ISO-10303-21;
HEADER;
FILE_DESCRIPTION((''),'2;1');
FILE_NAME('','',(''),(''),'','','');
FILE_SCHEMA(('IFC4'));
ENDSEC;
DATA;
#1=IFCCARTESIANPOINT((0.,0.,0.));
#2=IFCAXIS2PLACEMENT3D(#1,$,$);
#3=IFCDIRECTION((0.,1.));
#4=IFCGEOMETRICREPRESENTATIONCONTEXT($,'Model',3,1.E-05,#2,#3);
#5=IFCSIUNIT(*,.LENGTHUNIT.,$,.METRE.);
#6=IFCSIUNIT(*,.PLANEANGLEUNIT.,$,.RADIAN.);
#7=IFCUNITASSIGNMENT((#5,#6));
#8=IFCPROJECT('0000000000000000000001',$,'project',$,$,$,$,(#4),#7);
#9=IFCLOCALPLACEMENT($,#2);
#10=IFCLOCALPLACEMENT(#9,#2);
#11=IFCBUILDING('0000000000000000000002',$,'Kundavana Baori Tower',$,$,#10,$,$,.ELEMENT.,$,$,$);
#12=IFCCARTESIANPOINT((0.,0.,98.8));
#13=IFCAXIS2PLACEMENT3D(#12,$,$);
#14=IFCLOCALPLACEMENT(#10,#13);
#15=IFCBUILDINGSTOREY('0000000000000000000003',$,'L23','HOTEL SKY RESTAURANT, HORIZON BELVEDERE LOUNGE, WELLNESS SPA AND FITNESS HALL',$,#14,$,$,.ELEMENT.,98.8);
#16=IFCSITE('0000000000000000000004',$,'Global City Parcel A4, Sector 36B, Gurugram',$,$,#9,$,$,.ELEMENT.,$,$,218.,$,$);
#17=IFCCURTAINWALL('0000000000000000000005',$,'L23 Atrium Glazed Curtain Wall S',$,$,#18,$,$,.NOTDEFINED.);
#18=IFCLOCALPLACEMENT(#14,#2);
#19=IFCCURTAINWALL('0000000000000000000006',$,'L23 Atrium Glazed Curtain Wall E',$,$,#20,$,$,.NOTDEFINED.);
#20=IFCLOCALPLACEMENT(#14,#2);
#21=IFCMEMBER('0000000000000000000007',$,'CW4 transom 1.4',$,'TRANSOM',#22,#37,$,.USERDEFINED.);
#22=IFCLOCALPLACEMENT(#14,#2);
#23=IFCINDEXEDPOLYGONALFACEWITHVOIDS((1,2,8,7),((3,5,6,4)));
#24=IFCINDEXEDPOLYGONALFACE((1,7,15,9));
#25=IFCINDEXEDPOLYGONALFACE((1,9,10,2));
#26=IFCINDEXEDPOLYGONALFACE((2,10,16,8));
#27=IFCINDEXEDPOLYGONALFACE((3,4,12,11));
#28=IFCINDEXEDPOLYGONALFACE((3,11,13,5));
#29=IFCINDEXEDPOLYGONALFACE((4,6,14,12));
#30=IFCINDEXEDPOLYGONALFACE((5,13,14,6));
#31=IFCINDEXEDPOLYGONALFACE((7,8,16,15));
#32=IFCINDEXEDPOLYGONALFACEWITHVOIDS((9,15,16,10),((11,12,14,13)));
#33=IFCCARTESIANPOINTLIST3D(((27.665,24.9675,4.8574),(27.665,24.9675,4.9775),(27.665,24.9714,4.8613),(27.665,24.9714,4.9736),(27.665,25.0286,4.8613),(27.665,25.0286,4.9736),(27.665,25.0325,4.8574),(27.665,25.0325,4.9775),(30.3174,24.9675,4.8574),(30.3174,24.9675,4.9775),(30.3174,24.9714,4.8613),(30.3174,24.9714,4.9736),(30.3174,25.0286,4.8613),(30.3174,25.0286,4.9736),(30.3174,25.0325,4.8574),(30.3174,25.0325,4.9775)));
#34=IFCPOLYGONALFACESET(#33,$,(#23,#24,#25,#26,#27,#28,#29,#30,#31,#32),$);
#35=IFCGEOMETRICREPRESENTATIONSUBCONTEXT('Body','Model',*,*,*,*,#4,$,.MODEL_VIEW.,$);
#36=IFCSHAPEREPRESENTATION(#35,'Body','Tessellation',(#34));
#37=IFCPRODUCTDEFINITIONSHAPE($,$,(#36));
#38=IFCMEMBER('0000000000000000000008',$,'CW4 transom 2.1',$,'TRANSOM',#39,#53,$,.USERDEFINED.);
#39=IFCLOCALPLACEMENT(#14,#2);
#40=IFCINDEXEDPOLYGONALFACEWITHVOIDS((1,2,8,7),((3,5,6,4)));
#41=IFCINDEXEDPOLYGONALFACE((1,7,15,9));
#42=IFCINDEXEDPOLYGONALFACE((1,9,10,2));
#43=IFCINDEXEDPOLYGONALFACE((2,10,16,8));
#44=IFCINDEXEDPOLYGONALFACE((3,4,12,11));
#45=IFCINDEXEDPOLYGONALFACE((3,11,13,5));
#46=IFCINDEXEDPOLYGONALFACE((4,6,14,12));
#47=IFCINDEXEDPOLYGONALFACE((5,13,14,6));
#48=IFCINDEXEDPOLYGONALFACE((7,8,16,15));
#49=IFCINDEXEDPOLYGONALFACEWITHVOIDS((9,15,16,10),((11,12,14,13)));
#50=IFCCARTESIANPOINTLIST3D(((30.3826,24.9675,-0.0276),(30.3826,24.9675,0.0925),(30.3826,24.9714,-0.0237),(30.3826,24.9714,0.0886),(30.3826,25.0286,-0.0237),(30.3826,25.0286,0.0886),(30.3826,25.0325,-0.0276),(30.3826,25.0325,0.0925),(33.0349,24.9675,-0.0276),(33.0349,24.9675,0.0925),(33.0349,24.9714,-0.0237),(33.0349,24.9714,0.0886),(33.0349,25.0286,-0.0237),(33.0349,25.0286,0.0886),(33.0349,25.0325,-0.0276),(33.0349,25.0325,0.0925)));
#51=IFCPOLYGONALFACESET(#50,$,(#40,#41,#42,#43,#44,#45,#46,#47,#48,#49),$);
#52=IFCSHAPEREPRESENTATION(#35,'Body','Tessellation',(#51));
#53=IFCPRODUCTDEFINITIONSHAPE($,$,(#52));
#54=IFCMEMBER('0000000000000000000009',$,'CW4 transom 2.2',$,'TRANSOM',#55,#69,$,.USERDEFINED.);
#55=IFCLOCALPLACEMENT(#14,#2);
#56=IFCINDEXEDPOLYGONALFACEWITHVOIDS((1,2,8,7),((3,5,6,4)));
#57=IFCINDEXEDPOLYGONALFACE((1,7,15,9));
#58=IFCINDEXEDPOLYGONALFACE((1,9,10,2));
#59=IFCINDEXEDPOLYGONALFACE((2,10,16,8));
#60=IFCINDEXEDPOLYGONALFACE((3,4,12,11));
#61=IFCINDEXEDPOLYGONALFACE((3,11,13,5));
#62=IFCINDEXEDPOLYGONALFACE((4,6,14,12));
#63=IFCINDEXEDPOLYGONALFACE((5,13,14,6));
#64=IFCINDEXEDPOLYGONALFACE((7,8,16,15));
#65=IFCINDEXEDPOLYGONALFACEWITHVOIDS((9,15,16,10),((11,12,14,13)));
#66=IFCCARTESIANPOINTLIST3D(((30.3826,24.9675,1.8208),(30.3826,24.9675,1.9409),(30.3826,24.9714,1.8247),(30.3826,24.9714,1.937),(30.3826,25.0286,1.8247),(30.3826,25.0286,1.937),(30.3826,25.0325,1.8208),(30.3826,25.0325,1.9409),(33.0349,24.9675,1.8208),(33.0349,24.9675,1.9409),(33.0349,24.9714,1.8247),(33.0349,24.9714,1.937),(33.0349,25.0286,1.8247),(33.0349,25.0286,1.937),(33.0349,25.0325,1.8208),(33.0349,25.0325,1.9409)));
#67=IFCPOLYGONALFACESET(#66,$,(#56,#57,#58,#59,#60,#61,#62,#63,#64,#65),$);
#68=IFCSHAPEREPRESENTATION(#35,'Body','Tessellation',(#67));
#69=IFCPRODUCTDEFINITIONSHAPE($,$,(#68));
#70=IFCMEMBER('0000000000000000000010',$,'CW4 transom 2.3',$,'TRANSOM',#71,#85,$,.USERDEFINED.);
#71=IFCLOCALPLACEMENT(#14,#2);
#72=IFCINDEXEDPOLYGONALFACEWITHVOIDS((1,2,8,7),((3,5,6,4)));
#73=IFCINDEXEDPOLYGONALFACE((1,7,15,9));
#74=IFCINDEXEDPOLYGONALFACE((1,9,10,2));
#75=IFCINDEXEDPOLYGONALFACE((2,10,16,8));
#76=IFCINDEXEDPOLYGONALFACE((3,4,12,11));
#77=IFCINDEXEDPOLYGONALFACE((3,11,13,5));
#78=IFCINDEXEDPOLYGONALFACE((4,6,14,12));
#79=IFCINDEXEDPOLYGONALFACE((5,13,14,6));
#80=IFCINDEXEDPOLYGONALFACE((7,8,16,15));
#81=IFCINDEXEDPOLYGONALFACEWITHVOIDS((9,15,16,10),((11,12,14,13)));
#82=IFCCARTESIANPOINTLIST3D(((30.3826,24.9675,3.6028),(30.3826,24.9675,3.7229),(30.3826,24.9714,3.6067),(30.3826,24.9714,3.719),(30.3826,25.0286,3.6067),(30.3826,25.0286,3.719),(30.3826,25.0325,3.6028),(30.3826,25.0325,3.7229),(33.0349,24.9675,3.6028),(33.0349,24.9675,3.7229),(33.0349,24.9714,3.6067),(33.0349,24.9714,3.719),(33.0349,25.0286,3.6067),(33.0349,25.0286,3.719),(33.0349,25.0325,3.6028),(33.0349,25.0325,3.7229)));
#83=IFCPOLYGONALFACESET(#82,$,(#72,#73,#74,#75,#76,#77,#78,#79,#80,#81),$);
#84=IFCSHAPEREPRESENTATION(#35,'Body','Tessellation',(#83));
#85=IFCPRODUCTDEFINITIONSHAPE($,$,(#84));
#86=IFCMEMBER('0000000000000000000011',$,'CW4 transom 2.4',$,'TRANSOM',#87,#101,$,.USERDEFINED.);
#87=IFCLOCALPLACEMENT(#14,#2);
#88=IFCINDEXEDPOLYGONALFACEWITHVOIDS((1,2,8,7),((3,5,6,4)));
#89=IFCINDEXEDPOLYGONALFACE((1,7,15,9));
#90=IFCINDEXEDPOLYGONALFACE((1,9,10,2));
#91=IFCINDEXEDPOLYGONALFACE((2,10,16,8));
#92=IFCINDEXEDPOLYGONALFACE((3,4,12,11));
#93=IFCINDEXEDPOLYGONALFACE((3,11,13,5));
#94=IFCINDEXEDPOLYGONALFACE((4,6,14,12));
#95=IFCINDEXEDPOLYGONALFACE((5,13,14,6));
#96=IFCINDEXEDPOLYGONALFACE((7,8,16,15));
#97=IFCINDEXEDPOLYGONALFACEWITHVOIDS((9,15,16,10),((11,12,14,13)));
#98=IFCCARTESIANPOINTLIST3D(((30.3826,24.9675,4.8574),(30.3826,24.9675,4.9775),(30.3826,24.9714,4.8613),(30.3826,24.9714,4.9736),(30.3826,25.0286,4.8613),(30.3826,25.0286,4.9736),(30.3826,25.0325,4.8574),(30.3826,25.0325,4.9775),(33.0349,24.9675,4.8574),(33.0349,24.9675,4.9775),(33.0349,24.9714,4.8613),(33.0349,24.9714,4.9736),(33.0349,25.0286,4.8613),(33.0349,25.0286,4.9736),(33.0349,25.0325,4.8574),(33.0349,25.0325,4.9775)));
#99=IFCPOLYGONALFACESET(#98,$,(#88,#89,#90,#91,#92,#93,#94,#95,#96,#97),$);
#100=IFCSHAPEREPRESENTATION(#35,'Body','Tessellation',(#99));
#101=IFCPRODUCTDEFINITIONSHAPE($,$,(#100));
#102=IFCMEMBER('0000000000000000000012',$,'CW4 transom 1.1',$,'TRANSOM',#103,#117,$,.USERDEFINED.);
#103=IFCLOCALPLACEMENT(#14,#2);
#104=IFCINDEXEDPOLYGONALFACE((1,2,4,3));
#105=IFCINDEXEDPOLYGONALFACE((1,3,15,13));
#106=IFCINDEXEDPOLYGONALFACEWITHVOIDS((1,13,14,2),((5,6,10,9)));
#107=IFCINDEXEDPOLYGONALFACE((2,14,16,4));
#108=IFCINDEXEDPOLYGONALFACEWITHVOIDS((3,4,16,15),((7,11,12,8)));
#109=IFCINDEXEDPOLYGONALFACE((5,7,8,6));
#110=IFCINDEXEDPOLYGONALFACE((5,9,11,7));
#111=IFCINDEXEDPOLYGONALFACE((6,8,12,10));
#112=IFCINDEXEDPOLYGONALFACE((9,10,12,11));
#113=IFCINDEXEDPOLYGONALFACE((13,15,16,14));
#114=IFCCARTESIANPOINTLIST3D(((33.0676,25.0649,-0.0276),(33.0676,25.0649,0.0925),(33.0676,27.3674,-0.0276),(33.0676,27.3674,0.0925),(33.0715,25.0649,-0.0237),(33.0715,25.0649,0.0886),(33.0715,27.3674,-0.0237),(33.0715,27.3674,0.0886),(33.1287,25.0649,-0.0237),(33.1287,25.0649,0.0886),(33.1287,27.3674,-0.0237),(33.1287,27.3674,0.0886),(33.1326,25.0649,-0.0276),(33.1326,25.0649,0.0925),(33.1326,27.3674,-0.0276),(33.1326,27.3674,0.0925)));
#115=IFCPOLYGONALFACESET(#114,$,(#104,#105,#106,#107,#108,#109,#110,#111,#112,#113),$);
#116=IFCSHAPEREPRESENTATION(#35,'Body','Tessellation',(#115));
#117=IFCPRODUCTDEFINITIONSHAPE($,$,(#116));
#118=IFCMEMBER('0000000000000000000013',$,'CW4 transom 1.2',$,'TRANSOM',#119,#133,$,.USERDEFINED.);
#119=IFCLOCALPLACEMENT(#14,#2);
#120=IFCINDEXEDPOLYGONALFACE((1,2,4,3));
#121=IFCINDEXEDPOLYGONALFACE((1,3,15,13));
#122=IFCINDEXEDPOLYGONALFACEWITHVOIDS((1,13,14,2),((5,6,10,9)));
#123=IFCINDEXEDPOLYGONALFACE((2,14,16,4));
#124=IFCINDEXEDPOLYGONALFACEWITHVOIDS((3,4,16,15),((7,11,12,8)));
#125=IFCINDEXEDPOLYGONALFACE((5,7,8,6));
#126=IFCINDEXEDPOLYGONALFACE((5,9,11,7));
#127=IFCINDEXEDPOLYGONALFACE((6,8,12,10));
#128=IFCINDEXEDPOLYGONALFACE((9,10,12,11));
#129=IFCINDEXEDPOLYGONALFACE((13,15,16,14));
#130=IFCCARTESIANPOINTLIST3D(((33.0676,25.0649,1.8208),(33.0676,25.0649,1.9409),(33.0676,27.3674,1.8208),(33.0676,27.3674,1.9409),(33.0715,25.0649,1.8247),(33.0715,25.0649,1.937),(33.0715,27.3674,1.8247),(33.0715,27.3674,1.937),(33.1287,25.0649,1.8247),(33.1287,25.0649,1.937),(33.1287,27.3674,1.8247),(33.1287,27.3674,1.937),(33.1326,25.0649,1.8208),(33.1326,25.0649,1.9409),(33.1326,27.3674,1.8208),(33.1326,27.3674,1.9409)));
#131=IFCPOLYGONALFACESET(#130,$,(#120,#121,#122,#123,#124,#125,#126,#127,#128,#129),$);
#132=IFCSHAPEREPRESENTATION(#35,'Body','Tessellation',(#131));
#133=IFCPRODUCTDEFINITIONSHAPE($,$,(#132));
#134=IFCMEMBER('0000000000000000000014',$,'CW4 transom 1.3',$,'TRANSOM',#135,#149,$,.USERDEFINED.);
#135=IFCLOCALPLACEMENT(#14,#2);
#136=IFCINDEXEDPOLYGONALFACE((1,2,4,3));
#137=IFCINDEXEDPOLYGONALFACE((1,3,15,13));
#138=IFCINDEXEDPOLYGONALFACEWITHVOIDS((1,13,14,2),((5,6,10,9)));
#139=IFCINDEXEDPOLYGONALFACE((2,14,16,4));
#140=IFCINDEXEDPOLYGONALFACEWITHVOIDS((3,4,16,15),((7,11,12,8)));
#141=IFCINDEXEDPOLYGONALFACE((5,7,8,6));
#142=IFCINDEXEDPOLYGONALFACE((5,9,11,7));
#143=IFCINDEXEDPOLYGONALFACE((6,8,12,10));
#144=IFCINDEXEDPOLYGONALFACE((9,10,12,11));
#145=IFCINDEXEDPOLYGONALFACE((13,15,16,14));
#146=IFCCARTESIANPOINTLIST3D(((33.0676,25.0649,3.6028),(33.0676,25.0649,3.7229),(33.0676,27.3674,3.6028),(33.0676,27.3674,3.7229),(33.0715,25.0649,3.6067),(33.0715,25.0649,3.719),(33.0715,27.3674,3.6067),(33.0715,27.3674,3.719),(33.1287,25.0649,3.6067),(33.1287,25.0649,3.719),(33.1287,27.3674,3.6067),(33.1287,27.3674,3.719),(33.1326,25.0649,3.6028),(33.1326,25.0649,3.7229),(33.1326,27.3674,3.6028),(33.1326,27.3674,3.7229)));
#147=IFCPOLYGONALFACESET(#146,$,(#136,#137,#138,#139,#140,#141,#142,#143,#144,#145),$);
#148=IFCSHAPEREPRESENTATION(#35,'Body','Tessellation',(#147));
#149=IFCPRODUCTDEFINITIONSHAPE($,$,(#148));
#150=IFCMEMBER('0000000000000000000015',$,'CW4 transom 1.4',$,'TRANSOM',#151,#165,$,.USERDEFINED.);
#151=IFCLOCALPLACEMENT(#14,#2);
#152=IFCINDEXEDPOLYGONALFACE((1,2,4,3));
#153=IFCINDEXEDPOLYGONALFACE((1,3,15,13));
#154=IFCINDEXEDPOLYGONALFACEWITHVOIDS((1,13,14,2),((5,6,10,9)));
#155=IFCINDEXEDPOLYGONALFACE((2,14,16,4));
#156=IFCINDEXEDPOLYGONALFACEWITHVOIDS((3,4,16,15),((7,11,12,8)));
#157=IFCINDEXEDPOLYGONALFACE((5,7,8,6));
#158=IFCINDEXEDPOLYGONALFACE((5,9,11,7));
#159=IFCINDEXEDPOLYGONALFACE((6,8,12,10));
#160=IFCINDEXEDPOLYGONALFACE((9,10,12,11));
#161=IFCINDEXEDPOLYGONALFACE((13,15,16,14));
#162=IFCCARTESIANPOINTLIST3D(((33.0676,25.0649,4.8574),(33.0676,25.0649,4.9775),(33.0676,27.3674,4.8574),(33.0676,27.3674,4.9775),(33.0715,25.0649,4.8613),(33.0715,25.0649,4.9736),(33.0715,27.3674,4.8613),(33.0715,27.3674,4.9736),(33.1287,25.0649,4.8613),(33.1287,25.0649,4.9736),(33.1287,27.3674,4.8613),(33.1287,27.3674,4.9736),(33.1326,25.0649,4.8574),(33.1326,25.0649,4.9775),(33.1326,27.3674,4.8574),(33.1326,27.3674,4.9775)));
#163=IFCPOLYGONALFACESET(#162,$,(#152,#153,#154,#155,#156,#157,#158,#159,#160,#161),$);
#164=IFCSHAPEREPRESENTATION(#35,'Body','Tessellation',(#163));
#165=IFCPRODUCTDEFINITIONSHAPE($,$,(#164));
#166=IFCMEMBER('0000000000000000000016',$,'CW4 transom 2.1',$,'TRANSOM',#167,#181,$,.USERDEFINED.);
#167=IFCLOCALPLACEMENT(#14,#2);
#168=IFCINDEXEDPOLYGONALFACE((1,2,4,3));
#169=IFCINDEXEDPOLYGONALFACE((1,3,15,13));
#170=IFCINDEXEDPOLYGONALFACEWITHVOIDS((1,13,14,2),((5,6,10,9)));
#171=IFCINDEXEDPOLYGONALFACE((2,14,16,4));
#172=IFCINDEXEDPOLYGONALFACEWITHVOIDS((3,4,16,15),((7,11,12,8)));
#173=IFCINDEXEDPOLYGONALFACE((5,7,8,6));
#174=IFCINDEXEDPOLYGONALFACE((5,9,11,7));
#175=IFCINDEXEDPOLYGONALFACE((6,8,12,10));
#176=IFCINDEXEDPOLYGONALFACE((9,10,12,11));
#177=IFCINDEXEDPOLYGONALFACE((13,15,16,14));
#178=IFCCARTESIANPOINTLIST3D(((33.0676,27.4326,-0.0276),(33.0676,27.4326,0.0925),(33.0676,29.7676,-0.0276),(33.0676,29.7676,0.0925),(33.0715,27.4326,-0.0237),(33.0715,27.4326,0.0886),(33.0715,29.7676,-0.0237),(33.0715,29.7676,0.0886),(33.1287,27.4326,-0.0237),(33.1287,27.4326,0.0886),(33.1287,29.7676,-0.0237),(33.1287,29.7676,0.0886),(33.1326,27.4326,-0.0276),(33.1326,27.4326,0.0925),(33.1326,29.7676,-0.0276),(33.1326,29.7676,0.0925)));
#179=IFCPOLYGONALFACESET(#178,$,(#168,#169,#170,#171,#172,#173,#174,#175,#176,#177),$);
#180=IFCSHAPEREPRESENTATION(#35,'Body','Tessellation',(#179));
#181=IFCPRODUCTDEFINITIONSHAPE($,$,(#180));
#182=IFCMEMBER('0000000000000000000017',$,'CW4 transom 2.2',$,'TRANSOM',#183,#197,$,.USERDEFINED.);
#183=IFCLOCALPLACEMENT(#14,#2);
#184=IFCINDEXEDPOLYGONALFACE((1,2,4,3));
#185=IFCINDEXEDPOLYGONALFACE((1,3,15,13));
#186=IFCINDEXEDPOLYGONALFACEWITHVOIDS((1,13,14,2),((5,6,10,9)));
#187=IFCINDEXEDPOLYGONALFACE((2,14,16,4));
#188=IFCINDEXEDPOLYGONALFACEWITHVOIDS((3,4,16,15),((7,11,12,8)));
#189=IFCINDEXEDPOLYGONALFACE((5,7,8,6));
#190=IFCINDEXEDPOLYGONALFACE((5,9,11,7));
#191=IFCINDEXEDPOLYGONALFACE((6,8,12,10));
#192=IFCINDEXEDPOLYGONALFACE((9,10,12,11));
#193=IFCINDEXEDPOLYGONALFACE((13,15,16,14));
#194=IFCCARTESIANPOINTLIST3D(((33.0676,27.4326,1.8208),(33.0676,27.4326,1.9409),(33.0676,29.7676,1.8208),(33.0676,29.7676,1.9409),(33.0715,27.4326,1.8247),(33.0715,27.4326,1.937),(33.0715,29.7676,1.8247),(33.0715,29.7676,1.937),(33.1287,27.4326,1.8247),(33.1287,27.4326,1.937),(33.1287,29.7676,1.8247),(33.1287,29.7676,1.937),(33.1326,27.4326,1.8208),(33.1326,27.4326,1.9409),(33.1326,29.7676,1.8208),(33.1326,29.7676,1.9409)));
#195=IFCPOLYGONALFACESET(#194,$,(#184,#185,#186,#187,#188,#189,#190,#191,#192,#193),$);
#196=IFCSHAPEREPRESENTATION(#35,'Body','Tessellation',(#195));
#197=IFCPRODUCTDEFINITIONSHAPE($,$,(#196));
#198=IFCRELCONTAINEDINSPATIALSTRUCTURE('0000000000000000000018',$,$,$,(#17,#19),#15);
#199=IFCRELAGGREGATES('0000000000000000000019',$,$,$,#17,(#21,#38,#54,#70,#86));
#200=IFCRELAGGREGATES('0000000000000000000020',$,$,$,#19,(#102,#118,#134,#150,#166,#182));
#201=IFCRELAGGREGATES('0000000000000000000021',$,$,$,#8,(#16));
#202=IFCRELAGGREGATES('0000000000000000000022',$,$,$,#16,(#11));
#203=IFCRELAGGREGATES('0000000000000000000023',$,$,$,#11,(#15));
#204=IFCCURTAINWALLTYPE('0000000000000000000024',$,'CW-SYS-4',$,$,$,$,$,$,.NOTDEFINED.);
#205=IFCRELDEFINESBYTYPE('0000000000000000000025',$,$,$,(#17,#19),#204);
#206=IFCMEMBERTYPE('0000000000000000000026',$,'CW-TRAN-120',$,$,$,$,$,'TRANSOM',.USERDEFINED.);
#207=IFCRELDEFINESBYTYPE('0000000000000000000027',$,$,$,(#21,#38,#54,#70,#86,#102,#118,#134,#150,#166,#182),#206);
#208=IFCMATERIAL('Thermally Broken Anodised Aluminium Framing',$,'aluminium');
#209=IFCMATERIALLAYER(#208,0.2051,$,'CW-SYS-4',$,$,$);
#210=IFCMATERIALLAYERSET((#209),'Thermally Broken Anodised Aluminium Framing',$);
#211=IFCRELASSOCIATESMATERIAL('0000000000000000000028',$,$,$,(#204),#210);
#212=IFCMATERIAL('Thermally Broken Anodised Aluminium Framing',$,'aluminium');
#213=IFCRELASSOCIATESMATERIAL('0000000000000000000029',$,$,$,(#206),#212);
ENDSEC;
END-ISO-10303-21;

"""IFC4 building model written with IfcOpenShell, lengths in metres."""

from ifc_helpers import new_model, si_unit, direction, frame, origin, origin_2d, place, context, subcontext, project, spatial, hollow_rectangle, extrude, material, layer, layer_set, material_profile, profile_set, type_object, element, aggregate, save


model = new_model("IFC4")

# Units and contexts
model_context = context("Model", 3, precision=1e-05, world=origin(), true_north=direction((0.0, 1.0)))
body_context = subcontext(model_context, "Body", "Model", "MODEL_VIEW")
ifc_project = project(units=[si_unit("LENGTHUNIT", "METRE"), si_unit("PLANEANGLEUNIT", "RADIAN")], contexts=[model_context])

# Site, building, storey
site_placement = place(None, origin())
site = spatial("IfcSite", under=ifc_project, at=site_placement, Name="Global City Parcel A4, Sector 36B, Gurugram", CompositionType="ELEMENT", RefElevation=218.0)
building_placement = place(site_placement, origin())
building = spatial("IfcBuilding", under=site, at=building_placement, Name="Kundavana Baori Tower", CompositionType="ELEMENT")
storey_placement = place(building_placement, frame((0.0, 0.0, 98.8)))
storey = spatial("IfcBuildingStorey", under=building, at=storey_placement, Name="L23", Description="HOTEL SKY RESTAURANT, HORIZON BELVEDERE LOUNGE, WELLNESS SPA AND FITNESS HALL", CompositionType="ELEMENT", Elevation=98.8)

# Curtain walls
ifc_material_1 = material(Name="Thermally Broken Anodised Aluminium Framing", Category="aluminium")
ifc_layer_1 = layer(ifc_material_1, 0.2051, Name="CW-SYS-4")
ifc_layer_set_1 = layer_set([ifc_layer_1], Name="Thermally Broken Anodised Aluminium Framing")
curtain_wall_type = type_object("IfcCurtainWallType", Name="CW-SYS-4", PredefinedType="NOTDEFINED", material=ifc_layer_set_1)
curtain_wall_1_placement = place(storey_placement, origin())
curtain_wall_1 = element("IfcCurtainWall", 1, at=curtain_wall_1_placement, inside=storey, type_object=curtain_wall_type, Name="L23 Atrium Glazed Curtain Wall S", PredefinedType="NOTDEFINED")
curtain_wall_2_placement = place(storey_placement, origin())
curtain_wall_2 = element("IfcCurtainWall", 2, at=curtain_wall_2_placement, inside=storey, type_object=curtain_wall_type, Name="L23 Atrium Glazed Curtain Wall E", PredefinedType="NOTDEFINED")

# Members
ifc_material_2 = material(Name="Thermally Broken Anodised Aluminium Framing", Category="aluminium")
ifc_material_profile_1 = material_profile(ifc_material_2, hollow_rectangle(XDim=0.0649, YDim=0.1201, WallThickness=0.0039, at=origin_2d()), Name="CW-TRAN-120")
ifc_profile_set_1 = profile_set([ifc_material_profile_1], Name="Thermally Broken Anodised Aluminium Framing")
member_type_1 = type_object("IfcMemberType", Name="CW-TRAN-120", ElementType="TRANSOM", PredefinedType="USERDEFINED", material=ifc_profile_set_1)
member_1_placement = place(storey_placement, frame((27.665, 25.0, 4.9175), z_axis=(1.0, 0.0, 0.0), x_axis=(0.0, 1.0, 0.0)))
member_1 = element("IfcMember", 3, at=member_1_placement, type_object=member_type_1, Name="CW4 transom 1.4", ObjectType="TRANSOM", PredefinedType="USERDEFINED", context=body_context, shape_type="SweptSolid", body=[
    extrude(hollow_rectangle(XDim=0.0649, YDim=0.1201, WallThickness=0.0039, at=origin_2d()), origin(), (0.0, 0.0, 1.0), 2.6523),
])
member_2_placement = place(storey_placement, frame((30.3826, 25.0, 0.0325), z_axis=(1.0, 0.0, 0.0), x_axis=(0.0, 1.0, 0.0)))
member_2 = element("IfcMember", 4, at=member_2_placement, type_object=member_type_1, Name="CW4 transom 2.1", ObjectType="TRANSOM", PredefinedType="USERDEFINED", context=body_context, shape_type="SweptSolid", body=[
    extrude(hollow_rectangle(XDim=0.0649, YDim=0.1201, WallThickness=0.0039, at=origin_2d()), origin(), (0.0, 0.0, 1.0), 2.6523),
])
member_3_placement = place(storey_placement, frame((30.3826, 25.0, 1.8809), z_axis=(1.0, 0.0, 0.0), x_axis=(0.0, 1.0, 0.0)))
member_3 = element("IfcMember", 5, at=member_3_placement, type_object=member_type_1, Name="CW4 transom 2.2", ObjectType="TRANSOM", PredefinedType="USERDEFINED", context=body_context, shape_type="SweptSolid", body=[
    extrude(hollow_rectangle(XDim=0.0649, YDim=0.1201, WallThickness=0.0039, at=origin_2d()), origin(), (0.0, 0.0, 1.0), 2.6523),
])
member_4_placement = place(storey_placement, frame((30.3826, 25.0, 3.6628), z_axis=(1.0, 0.0, 0.0), x_axis=(0.0, 1.0, 0.0)))
member_4 = element("IfcMember", 6, at=member_4_placement, type_object=member_type_1, Name="CW4 transom 2.3", ObjectType="TRANSOM", PredefinedType="USERDEFINED", context=body_context, shape_type="SweptSolid", body=[
    extrude(hollow_rectangle(XDim=0.0649, YDim=0.1201, WallThickness=0.0039, at=origin_2d()), origin(), (0.0, 0.0, 1.0), 2.6523),
])
member_5_placement = place(storey_placement, frame((30.3826, 25.0, 4.9175), z_axis=(1.0, 0.0, 0.0), x_axis=(0.0, 1.0, 0.0)))
member_5 = element("IfcMember", 7, at=member_5_placement, type_object=member_type_1, Name="CW4 transom 2.4", ObjectType="TRANSOM", PredefinedType="USERDEFINED", context=body_context, shape_type="SweptSolid", body=[
    extrude(hollow_rectangle(XDim=0.0649, YDim=0.1201, WallThickness=0.0039, at=origin_2d()), origin(), (0.0, 0.0, 1.0), 2.6523),
])
member_6_placement = place(storey_placement, frame((33.1001, 25.0649, 0.0325), z_axis=(0.0, 1.0, 0.0), x_axis=(-1.0, 0.0, 0.0)))
member_6 = element("IfcMember", 8, at=member_6_placement, type_object=member_type_1, Name="CW4 transom 1.1", ObjectType="TRANSOM", PredefinedType="USERDEFINED", context=body_context, shape_type="SweptSolid", body=[
    extrude(hollow_rectangle(XDim=0.0649, YDim=0.1201, WallThickness=0.0039, at=origin_2d()), origin(), (0.0, 0.0, 1.0), 2.3025),
])
member_7_placement = place(storey_placement, frame((33.1001, 25.0649, 1.8809), z_axis=(0.0, 1.0, 0.0), x_axis=(-1.0, 0.0, 0.0)))
member_7 = element("IfcMember", 9, at=member_7_placement, type_object=member_type_1, Name="CW4 transom 1.2", ObjectType="TRANSOM", PredefinedType="USERDEFINED", context=body_context, shape_type="SweptSolid", body=[
    extrude(hollow_rectangle(XDim=0.0649, YDim=0.1201, WallThickness=0.0039, at=origin_2d()), origin(), (0.0, 0.0, 1.0), 2.3025),
])
member_8_placement = place(storey_placement, frame((33.1001, 25.0649, 3.6628), z_axis=(0.0, 1.0, 0.0), x_axis=(-1.0, 0.0, 0.0)))
member_8 = element("IfcMember", 10, at=member_8_placement, type_object=member_type_1, Name="CW4 transom 1.3", ObjectType="TRANSOM", PredefinedType="USERDEFINED", context=body_context, shape_type="SweptSolid", body=[
    extrude(hollow_rectangle(XDim=0.0649, YDim=0.1201, WallThickness=0.0039, at=origin_2d()), origin(), (0.0, 0.0, 1.0), 2.3025),
])
member_9_placement = place(storey_placement, frame((33.1001, 25.0649, 4.9175), z_axis=(0.0, 1.0, 0.0), x_axis=(-1.0, 0.0, 0.0)))
member_9 = element("IfcMember", 11, at=member_9_placement, type_object=member_type_1, Name="CW4 transom 1.4", ObjectType="TRANSOM", PredefinedType="USERDEFINED", context=body_context, shape_type="SweptSolid", body=[
    extrude(hollow_rectangle(XDim=0.0649, YDim=0.1201, WallThickness=0.0039, at=origin_2d()), origin(), (0.0, 0.0, 1.0), 2.3025),
])
member_10_placement = place(storey_placement, frame((33.1001, 27.4326, 0.0325), z_axis=(0.0, 1.0, 0.0), x_axis=(-1.0, 0.0, 0.0)))
member_10 = element("IfcMember", 12, at=member_10_placement, type_object=member_type_1, Name="CW4 transom 2.1", ObjectType="TRANSOM", PredefinedType="USERDEFINED", context=body_context, shape_type="SweptSolid", body=[
    extrude(hollow_rectangle(XDim=0.0649, YDim=0.1201, WallThickness=0.0039, at=origin_2d()), origin(), (0.0, 0.0, 1.0), 2.335),
])
member_11_placement = place(storey_placement, frame((33.1001, 27.4326, 1.8809), z_axis=(0.0, 1.0, 0.0), x_axis=(-1.0, 0.0, 0.0)))
member_11 = element("IfcMember", 13, at=member_11_placement, type_object=member_type_1, Name="CW4 transom 2.2", ObjectType="TRANSOM", PredefinedType="USERDEFINED", context=body_context, shape_type="SweptSolid", body=[
    extrude(hollow_rectangle(XDim=0.0649, YDim=0.1201, WallThickness=0.0039, at=origin_2d()), origin(), (0.0, 0.0, 1.0), 2.335),
])

aggregate(curtain_wall_1, [member_1, member_2, member_3, member_4, member_5])
aggregate(curtain_wall_2, [member_6, member_7, member_8, member_9, member_10, member_11])

save(model, "model.ifc")
